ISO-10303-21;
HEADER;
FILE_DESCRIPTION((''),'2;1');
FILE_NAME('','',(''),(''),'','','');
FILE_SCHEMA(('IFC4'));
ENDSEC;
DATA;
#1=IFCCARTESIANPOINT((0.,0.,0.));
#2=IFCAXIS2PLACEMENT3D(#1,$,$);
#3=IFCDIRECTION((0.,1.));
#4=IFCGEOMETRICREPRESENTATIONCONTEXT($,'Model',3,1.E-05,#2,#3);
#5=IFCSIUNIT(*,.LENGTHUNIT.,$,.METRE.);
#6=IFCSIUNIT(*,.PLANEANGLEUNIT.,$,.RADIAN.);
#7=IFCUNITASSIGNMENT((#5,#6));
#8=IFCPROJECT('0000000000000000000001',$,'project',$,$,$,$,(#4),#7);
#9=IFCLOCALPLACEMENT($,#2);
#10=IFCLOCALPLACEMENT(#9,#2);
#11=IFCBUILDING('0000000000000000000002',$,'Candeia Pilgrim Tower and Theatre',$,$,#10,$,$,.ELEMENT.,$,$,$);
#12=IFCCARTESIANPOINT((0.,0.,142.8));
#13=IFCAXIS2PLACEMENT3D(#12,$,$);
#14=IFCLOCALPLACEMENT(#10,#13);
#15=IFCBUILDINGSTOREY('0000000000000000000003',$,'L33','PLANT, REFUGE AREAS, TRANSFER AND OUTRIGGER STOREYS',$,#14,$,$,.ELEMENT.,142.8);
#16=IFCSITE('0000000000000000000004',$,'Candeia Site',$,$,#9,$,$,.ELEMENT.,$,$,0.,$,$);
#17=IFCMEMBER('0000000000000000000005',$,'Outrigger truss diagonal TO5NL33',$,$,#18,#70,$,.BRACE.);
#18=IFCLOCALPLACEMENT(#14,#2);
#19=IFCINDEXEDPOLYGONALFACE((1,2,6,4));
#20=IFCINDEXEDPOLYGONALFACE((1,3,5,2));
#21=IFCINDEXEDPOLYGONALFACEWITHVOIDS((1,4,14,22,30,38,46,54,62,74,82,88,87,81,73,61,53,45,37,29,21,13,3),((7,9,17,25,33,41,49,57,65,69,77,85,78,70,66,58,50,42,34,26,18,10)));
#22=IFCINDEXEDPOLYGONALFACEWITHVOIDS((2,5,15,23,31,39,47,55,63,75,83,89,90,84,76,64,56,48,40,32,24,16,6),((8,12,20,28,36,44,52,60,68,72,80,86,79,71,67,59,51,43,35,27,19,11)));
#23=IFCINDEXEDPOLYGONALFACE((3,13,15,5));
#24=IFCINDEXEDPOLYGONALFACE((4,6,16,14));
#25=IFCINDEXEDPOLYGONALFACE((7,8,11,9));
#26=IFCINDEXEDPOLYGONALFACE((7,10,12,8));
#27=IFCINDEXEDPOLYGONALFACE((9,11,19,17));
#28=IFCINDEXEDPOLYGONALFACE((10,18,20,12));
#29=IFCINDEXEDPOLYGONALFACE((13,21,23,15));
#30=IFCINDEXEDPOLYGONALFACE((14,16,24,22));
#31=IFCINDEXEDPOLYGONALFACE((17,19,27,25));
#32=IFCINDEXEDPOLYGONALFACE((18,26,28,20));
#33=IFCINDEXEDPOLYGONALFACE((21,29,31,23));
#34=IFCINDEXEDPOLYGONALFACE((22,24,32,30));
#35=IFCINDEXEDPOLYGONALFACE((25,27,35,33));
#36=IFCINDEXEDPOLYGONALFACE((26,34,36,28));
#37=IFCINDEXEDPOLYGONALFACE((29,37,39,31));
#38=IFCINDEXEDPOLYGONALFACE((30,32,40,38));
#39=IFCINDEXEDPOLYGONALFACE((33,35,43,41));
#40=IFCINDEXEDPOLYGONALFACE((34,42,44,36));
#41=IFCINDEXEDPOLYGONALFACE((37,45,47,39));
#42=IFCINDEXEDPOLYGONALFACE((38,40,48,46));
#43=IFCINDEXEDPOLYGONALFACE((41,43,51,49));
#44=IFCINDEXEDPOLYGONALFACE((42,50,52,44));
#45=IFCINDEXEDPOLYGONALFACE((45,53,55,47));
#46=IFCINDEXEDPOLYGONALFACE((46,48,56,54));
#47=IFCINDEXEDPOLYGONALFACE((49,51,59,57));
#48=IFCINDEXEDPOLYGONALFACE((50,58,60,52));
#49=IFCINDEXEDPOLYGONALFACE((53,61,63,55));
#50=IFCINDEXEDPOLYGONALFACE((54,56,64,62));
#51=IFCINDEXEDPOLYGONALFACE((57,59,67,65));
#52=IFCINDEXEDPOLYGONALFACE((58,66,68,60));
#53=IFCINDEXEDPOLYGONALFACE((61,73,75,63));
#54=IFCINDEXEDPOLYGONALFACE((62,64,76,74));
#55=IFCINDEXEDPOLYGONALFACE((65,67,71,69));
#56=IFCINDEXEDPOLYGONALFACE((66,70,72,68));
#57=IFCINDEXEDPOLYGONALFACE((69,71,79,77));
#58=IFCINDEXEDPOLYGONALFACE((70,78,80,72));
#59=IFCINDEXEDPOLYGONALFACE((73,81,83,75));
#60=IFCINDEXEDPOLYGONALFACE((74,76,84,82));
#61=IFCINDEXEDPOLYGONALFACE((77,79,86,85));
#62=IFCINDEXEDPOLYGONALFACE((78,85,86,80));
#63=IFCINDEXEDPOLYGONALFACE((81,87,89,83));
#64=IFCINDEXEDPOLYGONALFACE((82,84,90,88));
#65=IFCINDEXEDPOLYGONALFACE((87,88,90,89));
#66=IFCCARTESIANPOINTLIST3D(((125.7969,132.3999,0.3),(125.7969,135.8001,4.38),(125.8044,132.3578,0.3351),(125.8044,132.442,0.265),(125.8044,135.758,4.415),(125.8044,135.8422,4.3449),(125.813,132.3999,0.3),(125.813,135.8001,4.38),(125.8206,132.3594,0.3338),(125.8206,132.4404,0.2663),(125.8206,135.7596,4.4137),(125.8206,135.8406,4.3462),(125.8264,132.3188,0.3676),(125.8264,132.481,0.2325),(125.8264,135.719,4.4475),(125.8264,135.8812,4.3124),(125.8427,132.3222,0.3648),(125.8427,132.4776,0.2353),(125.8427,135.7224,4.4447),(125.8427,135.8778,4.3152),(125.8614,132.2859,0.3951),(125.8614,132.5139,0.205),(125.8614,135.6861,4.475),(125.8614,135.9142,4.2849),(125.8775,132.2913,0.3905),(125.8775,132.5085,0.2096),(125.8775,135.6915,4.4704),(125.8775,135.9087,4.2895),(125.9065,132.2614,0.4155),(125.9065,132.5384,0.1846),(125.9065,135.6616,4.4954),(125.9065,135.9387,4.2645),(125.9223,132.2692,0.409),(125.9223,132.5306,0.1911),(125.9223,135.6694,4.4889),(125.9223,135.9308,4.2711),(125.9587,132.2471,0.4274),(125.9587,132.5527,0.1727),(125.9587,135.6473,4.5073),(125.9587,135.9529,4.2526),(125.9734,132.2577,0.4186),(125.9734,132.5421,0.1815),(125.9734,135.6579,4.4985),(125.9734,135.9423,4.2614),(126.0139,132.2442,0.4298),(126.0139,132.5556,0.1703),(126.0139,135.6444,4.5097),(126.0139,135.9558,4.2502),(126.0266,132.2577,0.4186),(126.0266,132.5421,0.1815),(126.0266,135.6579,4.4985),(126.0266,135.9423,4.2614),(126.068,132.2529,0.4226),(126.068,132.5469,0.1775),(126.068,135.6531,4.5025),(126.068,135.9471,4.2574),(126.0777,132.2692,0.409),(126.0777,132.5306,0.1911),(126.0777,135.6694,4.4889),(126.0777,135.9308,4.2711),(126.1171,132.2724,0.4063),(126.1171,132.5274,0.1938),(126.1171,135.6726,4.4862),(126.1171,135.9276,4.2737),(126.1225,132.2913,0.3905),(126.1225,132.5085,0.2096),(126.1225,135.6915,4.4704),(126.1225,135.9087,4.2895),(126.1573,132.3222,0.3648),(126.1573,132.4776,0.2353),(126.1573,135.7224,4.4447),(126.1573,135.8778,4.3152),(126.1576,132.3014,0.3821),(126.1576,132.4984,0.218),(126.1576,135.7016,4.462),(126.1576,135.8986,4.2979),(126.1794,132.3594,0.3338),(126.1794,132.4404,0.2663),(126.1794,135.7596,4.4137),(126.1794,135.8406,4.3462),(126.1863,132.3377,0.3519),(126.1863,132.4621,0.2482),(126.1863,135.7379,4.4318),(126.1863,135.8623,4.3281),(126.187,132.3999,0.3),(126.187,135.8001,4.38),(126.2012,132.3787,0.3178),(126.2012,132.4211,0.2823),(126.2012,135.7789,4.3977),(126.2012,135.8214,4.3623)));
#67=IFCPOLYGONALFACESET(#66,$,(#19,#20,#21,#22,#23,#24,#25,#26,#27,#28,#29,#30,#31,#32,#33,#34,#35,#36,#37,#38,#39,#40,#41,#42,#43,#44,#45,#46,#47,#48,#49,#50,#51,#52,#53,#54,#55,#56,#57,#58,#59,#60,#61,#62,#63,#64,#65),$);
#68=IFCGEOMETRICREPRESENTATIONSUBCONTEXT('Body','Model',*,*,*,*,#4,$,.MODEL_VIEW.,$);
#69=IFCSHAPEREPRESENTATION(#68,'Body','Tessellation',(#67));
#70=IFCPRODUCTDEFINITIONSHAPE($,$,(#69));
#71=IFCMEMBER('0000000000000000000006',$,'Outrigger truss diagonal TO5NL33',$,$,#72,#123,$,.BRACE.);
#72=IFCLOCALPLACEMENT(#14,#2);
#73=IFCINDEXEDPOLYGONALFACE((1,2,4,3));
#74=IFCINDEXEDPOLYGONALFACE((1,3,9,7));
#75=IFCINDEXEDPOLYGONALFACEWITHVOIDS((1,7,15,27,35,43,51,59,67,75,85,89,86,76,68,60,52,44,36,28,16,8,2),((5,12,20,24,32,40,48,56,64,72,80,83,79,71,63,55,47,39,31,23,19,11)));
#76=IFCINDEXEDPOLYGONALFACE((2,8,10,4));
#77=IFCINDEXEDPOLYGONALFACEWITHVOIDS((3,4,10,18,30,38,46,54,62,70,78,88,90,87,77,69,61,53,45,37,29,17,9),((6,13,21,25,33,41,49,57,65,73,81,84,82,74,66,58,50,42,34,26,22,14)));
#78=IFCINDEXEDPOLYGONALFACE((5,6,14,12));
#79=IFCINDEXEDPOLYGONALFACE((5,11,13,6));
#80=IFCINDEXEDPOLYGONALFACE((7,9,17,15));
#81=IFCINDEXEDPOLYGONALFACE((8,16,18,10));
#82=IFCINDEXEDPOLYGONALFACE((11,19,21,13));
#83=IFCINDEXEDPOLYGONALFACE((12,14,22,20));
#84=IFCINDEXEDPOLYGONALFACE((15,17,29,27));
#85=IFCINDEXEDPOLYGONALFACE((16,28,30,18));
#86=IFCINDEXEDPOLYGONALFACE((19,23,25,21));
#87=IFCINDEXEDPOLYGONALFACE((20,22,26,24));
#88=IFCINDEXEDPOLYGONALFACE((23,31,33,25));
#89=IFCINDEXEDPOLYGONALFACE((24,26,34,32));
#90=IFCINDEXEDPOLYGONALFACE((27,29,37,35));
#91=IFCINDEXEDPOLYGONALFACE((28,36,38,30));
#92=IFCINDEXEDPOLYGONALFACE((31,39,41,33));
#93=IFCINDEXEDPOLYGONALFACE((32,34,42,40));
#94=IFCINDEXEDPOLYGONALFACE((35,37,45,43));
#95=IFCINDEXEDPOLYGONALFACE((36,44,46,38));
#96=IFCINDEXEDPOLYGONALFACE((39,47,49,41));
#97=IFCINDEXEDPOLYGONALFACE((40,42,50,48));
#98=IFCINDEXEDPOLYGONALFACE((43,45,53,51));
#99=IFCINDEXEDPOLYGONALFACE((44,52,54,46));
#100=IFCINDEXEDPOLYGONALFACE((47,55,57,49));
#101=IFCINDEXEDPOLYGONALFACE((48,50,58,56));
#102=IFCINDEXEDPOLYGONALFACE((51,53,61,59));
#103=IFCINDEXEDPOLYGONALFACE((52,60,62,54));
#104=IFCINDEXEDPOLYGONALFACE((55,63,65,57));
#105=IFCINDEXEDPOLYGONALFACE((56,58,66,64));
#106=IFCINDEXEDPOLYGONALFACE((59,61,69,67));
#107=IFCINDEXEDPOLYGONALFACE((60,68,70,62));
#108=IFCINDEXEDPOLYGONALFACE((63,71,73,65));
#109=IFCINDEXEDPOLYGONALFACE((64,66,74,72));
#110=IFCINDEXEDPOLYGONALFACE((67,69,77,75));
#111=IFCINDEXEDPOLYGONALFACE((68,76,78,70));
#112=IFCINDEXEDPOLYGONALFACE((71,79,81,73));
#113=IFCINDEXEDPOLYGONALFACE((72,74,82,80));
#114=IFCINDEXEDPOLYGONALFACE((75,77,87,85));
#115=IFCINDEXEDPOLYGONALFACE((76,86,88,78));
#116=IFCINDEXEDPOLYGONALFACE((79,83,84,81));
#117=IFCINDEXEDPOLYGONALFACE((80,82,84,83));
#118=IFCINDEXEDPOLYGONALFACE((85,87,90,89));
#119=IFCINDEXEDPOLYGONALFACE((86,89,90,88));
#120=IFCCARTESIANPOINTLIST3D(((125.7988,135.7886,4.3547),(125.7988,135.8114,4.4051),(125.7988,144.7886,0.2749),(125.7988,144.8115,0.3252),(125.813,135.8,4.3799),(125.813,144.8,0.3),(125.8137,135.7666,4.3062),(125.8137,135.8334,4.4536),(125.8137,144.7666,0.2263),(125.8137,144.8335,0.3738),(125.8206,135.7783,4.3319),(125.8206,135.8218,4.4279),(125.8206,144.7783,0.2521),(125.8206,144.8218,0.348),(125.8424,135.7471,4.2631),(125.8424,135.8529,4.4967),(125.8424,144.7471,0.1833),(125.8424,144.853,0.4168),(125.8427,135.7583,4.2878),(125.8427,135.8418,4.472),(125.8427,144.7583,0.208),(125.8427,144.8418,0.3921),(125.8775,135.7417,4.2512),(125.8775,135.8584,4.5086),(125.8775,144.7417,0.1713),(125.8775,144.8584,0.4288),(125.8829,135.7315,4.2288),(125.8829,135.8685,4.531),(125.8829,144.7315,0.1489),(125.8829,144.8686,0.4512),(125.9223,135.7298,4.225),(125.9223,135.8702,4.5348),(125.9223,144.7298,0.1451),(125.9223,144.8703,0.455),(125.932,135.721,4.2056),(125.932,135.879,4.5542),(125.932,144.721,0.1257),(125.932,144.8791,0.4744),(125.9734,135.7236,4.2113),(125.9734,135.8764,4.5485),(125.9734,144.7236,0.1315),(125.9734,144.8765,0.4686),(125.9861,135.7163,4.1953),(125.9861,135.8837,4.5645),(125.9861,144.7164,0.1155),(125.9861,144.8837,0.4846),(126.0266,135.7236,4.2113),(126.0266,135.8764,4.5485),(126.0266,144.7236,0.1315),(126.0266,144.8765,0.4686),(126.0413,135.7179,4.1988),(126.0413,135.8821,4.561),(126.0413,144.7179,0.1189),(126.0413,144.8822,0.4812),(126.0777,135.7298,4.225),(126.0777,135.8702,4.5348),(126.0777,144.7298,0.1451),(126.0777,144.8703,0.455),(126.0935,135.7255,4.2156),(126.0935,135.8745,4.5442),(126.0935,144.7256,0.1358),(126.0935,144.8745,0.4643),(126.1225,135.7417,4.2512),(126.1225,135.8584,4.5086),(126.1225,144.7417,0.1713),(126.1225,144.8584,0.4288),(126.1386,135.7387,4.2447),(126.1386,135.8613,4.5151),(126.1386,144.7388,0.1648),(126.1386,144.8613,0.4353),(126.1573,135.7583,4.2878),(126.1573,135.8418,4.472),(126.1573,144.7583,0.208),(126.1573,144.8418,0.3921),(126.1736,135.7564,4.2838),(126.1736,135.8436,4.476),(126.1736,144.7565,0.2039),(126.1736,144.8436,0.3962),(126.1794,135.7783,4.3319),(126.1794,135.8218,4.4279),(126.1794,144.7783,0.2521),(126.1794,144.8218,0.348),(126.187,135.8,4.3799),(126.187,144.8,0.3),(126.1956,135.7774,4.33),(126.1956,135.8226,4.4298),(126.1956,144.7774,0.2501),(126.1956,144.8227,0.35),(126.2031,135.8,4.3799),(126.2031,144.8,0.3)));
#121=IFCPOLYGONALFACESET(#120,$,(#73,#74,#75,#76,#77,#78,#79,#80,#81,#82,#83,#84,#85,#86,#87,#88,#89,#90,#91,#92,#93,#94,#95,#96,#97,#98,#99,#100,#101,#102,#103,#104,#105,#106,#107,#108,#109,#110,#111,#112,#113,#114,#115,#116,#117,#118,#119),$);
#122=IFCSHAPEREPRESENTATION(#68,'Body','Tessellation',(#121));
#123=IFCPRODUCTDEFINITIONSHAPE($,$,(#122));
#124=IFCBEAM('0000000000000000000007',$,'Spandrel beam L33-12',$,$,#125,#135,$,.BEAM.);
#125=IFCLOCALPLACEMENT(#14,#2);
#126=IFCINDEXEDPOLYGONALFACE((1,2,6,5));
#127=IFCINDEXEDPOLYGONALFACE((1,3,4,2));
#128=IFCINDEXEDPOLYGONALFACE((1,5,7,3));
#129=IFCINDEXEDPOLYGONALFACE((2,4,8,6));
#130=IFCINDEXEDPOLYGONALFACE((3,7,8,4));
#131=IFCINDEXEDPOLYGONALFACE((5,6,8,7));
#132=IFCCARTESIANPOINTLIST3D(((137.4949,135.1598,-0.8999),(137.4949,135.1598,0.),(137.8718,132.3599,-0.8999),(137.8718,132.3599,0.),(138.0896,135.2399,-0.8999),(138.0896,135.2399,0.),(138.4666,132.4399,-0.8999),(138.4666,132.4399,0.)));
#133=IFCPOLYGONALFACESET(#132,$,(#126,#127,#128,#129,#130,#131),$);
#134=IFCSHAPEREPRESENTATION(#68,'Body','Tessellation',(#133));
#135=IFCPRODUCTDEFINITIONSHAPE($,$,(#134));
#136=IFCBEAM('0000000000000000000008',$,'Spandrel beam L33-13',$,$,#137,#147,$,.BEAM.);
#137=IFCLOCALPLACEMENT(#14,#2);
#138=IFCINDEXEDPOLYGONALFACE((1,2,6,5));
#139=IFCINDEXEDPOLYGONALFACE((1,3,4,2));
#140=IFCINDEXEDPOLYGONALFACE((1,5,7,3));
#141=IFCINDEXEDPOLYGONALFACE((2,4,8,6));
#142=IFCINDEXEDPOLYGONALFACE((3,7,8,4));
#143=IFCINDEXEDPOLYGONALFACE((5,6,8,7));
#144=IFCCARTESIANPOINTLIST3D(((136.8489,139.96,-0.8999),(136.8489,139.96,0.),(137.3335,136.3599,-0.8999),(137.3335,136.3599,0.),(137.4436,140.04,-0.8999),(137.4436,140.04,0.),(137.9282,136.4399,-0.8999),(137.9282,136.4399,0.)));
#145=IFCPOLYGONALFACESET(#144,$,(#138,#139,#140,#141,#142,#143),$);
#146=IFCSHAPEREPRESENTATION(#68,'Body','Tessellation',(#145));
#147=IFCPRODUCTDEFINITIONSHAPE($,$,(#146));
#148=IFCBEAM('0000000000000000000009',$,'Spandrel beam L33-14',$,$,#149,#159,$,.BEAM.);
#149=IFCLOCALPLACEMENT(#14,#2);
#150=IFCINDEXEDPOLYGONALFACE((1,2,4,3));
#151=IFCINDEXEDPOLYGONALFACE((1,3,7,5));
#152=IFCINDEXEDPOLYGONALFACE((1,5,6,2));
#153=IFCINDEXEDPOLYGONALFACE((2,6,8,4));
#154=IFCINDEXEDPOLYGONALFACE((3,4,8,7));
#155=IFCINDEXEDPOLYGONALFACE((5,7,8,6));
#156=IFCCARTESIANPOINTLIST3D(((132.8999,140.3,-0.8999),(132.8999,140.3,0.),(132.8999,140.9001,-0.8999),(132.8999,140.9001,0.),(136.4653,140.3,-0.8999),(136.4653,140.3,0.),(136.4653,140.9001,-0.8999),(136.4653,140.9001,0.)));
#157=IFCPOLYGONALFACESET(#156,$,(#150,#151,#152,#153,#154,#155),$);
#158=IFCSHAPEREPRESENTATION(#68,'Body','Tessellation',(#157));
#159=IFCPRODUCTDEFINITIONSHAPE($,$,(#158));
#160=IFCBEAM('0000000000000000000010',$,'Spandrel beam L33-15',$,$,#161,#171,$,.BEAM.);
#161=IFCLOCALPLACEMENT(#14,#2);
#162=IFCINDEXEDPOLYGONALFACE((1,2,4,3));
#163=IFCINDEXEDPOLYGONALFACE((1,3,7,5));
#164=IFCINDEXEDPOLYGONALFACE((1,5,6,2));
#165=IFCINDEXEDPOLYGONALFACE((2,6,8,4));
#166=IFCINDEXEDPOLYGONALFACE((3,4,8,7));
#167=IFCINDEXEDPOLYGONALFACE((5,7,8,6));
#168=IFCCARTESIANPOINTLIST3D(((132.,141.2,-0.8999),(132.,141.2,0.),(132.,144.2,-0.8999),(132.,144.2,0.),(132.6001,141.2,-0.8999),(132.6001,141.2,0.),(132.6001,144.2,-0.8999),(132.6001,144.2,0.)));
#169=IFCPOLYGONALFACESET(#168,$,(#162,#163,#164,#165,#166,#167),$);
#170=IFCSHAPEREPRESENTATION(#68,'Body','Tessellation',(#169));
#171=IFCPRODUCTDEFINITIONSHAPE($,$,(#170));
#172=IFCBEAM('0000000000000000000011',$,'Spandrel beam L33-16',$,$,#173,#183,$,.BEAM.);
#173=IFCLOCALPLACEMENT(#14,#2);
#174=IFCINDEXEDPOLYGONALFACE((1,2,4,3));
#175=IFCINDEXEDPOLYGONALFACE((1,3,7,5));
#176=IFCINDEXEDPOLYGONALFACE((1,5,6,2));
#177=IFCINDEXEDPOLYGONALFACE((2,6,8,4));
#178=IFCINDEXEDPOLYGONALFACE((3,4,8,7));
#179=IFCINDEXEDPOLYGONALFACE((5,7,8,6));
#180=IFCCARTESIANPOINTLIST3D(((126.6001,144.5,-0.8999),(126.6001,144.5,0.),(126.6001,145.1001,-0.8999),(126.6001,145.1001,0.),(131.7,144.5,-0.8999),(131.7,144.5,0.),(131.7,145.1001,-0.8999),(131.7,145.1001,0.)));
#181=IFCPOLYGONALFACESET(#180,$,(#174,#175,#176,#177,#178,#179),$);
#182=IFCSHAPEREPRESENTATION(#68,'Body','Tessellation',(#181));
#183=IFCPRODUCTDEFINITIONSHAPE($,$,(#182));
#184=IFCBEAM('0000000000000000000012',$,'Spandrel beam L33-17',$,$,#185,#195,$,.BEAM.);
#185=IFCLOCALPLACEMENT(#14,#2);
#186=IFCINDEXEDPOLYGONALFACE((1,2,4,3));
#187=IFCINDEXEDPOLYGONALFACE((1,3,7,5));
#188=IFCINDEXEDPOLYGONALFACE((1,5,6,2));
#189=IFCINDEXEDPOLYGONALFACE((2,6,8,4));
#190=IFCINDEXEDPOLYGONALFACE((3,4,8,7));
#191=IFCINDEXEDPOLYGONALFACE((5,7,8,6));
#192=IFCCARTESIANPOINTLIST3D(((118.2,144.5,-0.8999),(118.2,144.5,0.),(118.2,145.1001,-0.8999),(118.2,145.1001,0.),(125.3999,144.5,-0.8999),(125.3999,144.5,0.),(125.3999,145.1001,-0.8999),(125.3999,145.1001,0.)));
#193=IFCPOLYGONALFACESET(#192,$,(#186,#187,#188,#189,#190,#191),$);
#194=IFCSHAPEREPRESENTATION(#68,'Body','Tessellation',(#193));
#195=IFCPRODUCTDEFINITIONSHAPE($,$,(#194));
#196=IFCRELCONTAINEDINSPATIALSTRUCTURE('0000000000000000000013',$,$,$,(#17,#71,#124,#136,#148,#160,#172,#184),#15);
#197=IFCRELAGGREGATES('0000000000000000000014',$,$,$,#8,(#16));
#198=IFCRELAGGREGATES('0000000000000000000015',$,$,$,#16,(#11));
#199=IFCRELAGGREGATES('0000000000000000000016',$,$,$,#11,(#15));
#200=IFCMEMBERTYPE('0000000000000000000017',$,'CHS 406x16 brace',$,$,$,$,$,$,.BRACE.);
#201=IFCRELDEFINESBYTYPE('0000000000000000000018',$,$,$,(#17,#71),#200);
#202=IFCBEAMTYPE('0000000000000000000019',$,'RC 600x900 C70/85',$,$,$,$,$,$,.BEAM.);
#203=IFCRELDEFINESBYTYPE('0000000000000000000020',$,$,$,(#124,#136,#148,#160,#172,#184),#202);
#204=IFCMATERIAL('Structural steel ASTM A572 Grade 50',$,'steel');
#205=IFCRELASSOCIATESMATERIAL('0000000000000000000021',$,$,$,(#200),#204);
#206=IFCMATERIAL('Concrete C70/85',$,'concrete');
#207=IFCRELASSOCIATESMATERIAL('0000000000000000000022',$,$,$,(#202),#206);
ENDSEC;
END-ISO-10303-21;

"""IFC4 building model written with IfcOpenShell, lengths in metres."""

from ifc_helpers import new_model, si_unit, direction, frame, origin, origin_2d, place, context, subcontext, project, spatial, rectangle, hollow_circle, extrude, material, material_profile, profile_set, type_object, element, save


model = new_model("IFC4")

# Units and contexts
model_context = context("Model", 3, precision=1e-05, world=origin(), true_north=direction((0.0, 1.0)))
body_context = subcontext(model_context, "Body", "Model", "MODEL_VIEW")
ifc_project = project(units=[si_unit("LENGTHUNIT", "METRE"), si_unit("PLANEANGLEUNIT", "RADIAN")], contexts=[model_context])

# Site, building, storey
site_placement = place(None, origin())
site = spatial("IfcSite", under=ifc_project, at=site_placement, Name="Candeia Site", CompositionType="ELEMENT", RefElevation=0.0)
building_placement = place(site_placement, origin())
building = spatial("IfcBuilding", under=site, at=building_placement, Name="Candeia Pilgrim Tower and Theatre", CompositionType="ELEMENT")
storey_placement = place(building_placement, frame((0.0, 0.0, 142.8)))
storey = spatial("IfcBuildingStorey", under=building, at=storey_placement, Name="L33", Description="PLANT, REFUGE AREAS, TRANSFER AND OUTRIGGER STOREYS", CompositionType="ELEMENT", Elevation=142.8)

# Shared definitions
ifc_material_1 = material(Name="Concrete C70/85", Category="concrete")

# Members
ifc_material_2 = material(Name="Structural steel ASTM A572 Grade 50", Category="steel")
ifc_material_profile_1 = material_profile(ifc_material_2, hollow_circle(Radius=0.2031, WallThickness=0.0161, at=origin_2d()))
ifc_profile_set_1 = profile_set([ifc_material_profile_1], Name="Structural steel ASTM A572 Grade 50")
member_type_1 = type_object("IfcMemberType", Name="CHS 406x16 brace", PredefinedType="BRACE", material=ifc_profile_set_1)
member_1_placement = place(storey_placement, frame((126.0, 132.3999, 0.3), z_axis=(0.0, 0.640216, 0.768195), x_axis=(-1.0, 0.0, 0.0)))
element("IfcMember", 1, at=member_1_placement, inside=storey, type_object=member_type_1, Name="Outrigger truss diagonal TO5NL33", PredefinedType="BRACE", context=body_context, shape_type="SweptSolid", body=[
    extrude(hollow_circle(Radius=0.2031, WallThickness=0.0161, at=origin_2d()), origin(), (0.0, 0.0, 1.0), 5.311),
])
member_2_placement = place(storey_placement, frame((126.0, 144.8, 0.3), z_axis=(0.0, -0.910788, 0.412874), x_axis=(1.0, 0.0, 0.0)))
element("IfcMember", 2, at=member_2_placement, inside=storey, type_object=member_type_1, Name="Outrigger truss diagonal TO5NL33", PredefinedType="BRACE", context=body_context, shape_type="SweptSolid", body=[
    extrude(hollow_circle(Radius=0.2031, WallThickness=0.0161, at=origin_2d()), origin(), (0.0, 0.0, 1.0), 9.8816),
])

# Beams
ifc_material_profile_2 = material_profile(ifc_material_1, rectangle(XDim=0.6001, YDim=0.8999, at=origin_2d()))
ifc_profile_set_2 = profile_set([ifc_material_profile_2], Name="Concrete C70/85")
beam_type = type_object("IfcBeamType", Name="RC 600x900 C70/85", PredefinedType="BEAM", material=ifc_profile_set_2)
beam_1_placement = place(storey_placement, frame((138.1692, 132.3999, -0.45), z_axis=(-0.13342, 0.99106, 0.0), x_axis=(-0.99106, -0.13342, 0.0)))
element("IfcBeam", 3, at=beam_1_placement, inside=storey, type_object=beam_type, Name="Spandrel beam L33-12", PredefinedType="BEAM", context=body_context, shape_type="SweptSolid", body=[
    extrude(rectangle(XDim=0.6001, YDim=0.8999, at=origin_2d()), origin(), (0.0, 0.0, 1.0), 2.8252),
])
beam_2_placement = place(storey_placement, frame((137.6309, 136.3999, -0.45), z_axis=(-0.133409, 0.991061, 0.0), x_axis=(-0.991061, -0.133409, 0.0)))
element("IfcBeam", 4, at=beam_2_placement, inside=storey, type_object=beam_type, Name="Spandrel beam L33-13", PredefinedType="BEAM", context=body_context, shape_type="SweptSolid", body=[
    extrude(rectangle(XDim=0.6001, YDim=0.8999, at=origin_2d()), origin(), (0.0, 0.0, 1.0), 3.6326),
])
beam_3_placement = place(storey_placement, frame((136.4653, 140.6001, -0.45), z_axis=(-1.0, 0.0, 0.0), x_axis=(0.0, -1.0, 0.0)))
element("IfcBeam", 5, at=beam_3_placement, inside=storey, type_object=beam_type, Name="Spandrel beam L33-14", PredefinedType="BEAM", context=body_context, shape_type="SweptSolid", body=[
    extrude(rectangle(XDim=0.6001, YDim=0.8999, at=origin_2d()), origin(), (0.0, 0.0, 1.0), 3.5654),
])
beam_4_placement = place(storey_placement, frame((132.3, 141.2, -0.45), z_axis=(0.0, 1.0, 0.0), x_axis=(-1.0, 0.0, 0.0)))
element("IfcBeam", 6, at=beam_4_placement, inside=storey, type_object=beam_type, Name="Spandrel beam L33-15", PredefinedType="BEAM", context=body_context, shape_type="SweptSolid", body=[
    extrude(rectangle(XDim=0.6001, YDim=0.8999, at=origin_2d()), origin(), (0.0, 0.0, 1.0), 3.0),
])
beam_5_placement = place(storey_placement, frame((131.7, 144.8, -0.45), z_axis=(-1.0, 0.0, 0.0), x_axis=(0.0, -1.0, 0.0)))
element("IfcBeam", 7, at=beam_5_placement, inside=storey, type_object=beam_type, Name="Spandrel beam L33-16", PredefinedType="BEAM", context=body_context, shape_type="SweptSolid", body=[
    extrude(rectangle(XDim=0.6001, YDim=0.8999, at=origin_2d()), origin(), (0.0, 0.0, 1.0), 5.0999),
])
for number, where, z_axis, x_axis, name in (
    (8, (125.3999, 144.8, -0.45), (-1.0, 0.0, 0.0), (0.0, -1.0, 0.0), "Spandrel beam L33-17"),
):
    element("IfcBeam", number, at=place(storey_placement, frame(where, z_axis=z_axis, x_axis=x_axis)), inside=storey, type_object=beam_type, Name=name, PredefinedType="BEAM", context=body_context, shape_type="SweptSolid", body=[
        extrude(rectangle(XDim=0.6001, YDim=0.8999, at=origin_2d()), origin(), (0.0, 0.0, 1.0), 7.2),
    ])

save(model, "model.ifc")
